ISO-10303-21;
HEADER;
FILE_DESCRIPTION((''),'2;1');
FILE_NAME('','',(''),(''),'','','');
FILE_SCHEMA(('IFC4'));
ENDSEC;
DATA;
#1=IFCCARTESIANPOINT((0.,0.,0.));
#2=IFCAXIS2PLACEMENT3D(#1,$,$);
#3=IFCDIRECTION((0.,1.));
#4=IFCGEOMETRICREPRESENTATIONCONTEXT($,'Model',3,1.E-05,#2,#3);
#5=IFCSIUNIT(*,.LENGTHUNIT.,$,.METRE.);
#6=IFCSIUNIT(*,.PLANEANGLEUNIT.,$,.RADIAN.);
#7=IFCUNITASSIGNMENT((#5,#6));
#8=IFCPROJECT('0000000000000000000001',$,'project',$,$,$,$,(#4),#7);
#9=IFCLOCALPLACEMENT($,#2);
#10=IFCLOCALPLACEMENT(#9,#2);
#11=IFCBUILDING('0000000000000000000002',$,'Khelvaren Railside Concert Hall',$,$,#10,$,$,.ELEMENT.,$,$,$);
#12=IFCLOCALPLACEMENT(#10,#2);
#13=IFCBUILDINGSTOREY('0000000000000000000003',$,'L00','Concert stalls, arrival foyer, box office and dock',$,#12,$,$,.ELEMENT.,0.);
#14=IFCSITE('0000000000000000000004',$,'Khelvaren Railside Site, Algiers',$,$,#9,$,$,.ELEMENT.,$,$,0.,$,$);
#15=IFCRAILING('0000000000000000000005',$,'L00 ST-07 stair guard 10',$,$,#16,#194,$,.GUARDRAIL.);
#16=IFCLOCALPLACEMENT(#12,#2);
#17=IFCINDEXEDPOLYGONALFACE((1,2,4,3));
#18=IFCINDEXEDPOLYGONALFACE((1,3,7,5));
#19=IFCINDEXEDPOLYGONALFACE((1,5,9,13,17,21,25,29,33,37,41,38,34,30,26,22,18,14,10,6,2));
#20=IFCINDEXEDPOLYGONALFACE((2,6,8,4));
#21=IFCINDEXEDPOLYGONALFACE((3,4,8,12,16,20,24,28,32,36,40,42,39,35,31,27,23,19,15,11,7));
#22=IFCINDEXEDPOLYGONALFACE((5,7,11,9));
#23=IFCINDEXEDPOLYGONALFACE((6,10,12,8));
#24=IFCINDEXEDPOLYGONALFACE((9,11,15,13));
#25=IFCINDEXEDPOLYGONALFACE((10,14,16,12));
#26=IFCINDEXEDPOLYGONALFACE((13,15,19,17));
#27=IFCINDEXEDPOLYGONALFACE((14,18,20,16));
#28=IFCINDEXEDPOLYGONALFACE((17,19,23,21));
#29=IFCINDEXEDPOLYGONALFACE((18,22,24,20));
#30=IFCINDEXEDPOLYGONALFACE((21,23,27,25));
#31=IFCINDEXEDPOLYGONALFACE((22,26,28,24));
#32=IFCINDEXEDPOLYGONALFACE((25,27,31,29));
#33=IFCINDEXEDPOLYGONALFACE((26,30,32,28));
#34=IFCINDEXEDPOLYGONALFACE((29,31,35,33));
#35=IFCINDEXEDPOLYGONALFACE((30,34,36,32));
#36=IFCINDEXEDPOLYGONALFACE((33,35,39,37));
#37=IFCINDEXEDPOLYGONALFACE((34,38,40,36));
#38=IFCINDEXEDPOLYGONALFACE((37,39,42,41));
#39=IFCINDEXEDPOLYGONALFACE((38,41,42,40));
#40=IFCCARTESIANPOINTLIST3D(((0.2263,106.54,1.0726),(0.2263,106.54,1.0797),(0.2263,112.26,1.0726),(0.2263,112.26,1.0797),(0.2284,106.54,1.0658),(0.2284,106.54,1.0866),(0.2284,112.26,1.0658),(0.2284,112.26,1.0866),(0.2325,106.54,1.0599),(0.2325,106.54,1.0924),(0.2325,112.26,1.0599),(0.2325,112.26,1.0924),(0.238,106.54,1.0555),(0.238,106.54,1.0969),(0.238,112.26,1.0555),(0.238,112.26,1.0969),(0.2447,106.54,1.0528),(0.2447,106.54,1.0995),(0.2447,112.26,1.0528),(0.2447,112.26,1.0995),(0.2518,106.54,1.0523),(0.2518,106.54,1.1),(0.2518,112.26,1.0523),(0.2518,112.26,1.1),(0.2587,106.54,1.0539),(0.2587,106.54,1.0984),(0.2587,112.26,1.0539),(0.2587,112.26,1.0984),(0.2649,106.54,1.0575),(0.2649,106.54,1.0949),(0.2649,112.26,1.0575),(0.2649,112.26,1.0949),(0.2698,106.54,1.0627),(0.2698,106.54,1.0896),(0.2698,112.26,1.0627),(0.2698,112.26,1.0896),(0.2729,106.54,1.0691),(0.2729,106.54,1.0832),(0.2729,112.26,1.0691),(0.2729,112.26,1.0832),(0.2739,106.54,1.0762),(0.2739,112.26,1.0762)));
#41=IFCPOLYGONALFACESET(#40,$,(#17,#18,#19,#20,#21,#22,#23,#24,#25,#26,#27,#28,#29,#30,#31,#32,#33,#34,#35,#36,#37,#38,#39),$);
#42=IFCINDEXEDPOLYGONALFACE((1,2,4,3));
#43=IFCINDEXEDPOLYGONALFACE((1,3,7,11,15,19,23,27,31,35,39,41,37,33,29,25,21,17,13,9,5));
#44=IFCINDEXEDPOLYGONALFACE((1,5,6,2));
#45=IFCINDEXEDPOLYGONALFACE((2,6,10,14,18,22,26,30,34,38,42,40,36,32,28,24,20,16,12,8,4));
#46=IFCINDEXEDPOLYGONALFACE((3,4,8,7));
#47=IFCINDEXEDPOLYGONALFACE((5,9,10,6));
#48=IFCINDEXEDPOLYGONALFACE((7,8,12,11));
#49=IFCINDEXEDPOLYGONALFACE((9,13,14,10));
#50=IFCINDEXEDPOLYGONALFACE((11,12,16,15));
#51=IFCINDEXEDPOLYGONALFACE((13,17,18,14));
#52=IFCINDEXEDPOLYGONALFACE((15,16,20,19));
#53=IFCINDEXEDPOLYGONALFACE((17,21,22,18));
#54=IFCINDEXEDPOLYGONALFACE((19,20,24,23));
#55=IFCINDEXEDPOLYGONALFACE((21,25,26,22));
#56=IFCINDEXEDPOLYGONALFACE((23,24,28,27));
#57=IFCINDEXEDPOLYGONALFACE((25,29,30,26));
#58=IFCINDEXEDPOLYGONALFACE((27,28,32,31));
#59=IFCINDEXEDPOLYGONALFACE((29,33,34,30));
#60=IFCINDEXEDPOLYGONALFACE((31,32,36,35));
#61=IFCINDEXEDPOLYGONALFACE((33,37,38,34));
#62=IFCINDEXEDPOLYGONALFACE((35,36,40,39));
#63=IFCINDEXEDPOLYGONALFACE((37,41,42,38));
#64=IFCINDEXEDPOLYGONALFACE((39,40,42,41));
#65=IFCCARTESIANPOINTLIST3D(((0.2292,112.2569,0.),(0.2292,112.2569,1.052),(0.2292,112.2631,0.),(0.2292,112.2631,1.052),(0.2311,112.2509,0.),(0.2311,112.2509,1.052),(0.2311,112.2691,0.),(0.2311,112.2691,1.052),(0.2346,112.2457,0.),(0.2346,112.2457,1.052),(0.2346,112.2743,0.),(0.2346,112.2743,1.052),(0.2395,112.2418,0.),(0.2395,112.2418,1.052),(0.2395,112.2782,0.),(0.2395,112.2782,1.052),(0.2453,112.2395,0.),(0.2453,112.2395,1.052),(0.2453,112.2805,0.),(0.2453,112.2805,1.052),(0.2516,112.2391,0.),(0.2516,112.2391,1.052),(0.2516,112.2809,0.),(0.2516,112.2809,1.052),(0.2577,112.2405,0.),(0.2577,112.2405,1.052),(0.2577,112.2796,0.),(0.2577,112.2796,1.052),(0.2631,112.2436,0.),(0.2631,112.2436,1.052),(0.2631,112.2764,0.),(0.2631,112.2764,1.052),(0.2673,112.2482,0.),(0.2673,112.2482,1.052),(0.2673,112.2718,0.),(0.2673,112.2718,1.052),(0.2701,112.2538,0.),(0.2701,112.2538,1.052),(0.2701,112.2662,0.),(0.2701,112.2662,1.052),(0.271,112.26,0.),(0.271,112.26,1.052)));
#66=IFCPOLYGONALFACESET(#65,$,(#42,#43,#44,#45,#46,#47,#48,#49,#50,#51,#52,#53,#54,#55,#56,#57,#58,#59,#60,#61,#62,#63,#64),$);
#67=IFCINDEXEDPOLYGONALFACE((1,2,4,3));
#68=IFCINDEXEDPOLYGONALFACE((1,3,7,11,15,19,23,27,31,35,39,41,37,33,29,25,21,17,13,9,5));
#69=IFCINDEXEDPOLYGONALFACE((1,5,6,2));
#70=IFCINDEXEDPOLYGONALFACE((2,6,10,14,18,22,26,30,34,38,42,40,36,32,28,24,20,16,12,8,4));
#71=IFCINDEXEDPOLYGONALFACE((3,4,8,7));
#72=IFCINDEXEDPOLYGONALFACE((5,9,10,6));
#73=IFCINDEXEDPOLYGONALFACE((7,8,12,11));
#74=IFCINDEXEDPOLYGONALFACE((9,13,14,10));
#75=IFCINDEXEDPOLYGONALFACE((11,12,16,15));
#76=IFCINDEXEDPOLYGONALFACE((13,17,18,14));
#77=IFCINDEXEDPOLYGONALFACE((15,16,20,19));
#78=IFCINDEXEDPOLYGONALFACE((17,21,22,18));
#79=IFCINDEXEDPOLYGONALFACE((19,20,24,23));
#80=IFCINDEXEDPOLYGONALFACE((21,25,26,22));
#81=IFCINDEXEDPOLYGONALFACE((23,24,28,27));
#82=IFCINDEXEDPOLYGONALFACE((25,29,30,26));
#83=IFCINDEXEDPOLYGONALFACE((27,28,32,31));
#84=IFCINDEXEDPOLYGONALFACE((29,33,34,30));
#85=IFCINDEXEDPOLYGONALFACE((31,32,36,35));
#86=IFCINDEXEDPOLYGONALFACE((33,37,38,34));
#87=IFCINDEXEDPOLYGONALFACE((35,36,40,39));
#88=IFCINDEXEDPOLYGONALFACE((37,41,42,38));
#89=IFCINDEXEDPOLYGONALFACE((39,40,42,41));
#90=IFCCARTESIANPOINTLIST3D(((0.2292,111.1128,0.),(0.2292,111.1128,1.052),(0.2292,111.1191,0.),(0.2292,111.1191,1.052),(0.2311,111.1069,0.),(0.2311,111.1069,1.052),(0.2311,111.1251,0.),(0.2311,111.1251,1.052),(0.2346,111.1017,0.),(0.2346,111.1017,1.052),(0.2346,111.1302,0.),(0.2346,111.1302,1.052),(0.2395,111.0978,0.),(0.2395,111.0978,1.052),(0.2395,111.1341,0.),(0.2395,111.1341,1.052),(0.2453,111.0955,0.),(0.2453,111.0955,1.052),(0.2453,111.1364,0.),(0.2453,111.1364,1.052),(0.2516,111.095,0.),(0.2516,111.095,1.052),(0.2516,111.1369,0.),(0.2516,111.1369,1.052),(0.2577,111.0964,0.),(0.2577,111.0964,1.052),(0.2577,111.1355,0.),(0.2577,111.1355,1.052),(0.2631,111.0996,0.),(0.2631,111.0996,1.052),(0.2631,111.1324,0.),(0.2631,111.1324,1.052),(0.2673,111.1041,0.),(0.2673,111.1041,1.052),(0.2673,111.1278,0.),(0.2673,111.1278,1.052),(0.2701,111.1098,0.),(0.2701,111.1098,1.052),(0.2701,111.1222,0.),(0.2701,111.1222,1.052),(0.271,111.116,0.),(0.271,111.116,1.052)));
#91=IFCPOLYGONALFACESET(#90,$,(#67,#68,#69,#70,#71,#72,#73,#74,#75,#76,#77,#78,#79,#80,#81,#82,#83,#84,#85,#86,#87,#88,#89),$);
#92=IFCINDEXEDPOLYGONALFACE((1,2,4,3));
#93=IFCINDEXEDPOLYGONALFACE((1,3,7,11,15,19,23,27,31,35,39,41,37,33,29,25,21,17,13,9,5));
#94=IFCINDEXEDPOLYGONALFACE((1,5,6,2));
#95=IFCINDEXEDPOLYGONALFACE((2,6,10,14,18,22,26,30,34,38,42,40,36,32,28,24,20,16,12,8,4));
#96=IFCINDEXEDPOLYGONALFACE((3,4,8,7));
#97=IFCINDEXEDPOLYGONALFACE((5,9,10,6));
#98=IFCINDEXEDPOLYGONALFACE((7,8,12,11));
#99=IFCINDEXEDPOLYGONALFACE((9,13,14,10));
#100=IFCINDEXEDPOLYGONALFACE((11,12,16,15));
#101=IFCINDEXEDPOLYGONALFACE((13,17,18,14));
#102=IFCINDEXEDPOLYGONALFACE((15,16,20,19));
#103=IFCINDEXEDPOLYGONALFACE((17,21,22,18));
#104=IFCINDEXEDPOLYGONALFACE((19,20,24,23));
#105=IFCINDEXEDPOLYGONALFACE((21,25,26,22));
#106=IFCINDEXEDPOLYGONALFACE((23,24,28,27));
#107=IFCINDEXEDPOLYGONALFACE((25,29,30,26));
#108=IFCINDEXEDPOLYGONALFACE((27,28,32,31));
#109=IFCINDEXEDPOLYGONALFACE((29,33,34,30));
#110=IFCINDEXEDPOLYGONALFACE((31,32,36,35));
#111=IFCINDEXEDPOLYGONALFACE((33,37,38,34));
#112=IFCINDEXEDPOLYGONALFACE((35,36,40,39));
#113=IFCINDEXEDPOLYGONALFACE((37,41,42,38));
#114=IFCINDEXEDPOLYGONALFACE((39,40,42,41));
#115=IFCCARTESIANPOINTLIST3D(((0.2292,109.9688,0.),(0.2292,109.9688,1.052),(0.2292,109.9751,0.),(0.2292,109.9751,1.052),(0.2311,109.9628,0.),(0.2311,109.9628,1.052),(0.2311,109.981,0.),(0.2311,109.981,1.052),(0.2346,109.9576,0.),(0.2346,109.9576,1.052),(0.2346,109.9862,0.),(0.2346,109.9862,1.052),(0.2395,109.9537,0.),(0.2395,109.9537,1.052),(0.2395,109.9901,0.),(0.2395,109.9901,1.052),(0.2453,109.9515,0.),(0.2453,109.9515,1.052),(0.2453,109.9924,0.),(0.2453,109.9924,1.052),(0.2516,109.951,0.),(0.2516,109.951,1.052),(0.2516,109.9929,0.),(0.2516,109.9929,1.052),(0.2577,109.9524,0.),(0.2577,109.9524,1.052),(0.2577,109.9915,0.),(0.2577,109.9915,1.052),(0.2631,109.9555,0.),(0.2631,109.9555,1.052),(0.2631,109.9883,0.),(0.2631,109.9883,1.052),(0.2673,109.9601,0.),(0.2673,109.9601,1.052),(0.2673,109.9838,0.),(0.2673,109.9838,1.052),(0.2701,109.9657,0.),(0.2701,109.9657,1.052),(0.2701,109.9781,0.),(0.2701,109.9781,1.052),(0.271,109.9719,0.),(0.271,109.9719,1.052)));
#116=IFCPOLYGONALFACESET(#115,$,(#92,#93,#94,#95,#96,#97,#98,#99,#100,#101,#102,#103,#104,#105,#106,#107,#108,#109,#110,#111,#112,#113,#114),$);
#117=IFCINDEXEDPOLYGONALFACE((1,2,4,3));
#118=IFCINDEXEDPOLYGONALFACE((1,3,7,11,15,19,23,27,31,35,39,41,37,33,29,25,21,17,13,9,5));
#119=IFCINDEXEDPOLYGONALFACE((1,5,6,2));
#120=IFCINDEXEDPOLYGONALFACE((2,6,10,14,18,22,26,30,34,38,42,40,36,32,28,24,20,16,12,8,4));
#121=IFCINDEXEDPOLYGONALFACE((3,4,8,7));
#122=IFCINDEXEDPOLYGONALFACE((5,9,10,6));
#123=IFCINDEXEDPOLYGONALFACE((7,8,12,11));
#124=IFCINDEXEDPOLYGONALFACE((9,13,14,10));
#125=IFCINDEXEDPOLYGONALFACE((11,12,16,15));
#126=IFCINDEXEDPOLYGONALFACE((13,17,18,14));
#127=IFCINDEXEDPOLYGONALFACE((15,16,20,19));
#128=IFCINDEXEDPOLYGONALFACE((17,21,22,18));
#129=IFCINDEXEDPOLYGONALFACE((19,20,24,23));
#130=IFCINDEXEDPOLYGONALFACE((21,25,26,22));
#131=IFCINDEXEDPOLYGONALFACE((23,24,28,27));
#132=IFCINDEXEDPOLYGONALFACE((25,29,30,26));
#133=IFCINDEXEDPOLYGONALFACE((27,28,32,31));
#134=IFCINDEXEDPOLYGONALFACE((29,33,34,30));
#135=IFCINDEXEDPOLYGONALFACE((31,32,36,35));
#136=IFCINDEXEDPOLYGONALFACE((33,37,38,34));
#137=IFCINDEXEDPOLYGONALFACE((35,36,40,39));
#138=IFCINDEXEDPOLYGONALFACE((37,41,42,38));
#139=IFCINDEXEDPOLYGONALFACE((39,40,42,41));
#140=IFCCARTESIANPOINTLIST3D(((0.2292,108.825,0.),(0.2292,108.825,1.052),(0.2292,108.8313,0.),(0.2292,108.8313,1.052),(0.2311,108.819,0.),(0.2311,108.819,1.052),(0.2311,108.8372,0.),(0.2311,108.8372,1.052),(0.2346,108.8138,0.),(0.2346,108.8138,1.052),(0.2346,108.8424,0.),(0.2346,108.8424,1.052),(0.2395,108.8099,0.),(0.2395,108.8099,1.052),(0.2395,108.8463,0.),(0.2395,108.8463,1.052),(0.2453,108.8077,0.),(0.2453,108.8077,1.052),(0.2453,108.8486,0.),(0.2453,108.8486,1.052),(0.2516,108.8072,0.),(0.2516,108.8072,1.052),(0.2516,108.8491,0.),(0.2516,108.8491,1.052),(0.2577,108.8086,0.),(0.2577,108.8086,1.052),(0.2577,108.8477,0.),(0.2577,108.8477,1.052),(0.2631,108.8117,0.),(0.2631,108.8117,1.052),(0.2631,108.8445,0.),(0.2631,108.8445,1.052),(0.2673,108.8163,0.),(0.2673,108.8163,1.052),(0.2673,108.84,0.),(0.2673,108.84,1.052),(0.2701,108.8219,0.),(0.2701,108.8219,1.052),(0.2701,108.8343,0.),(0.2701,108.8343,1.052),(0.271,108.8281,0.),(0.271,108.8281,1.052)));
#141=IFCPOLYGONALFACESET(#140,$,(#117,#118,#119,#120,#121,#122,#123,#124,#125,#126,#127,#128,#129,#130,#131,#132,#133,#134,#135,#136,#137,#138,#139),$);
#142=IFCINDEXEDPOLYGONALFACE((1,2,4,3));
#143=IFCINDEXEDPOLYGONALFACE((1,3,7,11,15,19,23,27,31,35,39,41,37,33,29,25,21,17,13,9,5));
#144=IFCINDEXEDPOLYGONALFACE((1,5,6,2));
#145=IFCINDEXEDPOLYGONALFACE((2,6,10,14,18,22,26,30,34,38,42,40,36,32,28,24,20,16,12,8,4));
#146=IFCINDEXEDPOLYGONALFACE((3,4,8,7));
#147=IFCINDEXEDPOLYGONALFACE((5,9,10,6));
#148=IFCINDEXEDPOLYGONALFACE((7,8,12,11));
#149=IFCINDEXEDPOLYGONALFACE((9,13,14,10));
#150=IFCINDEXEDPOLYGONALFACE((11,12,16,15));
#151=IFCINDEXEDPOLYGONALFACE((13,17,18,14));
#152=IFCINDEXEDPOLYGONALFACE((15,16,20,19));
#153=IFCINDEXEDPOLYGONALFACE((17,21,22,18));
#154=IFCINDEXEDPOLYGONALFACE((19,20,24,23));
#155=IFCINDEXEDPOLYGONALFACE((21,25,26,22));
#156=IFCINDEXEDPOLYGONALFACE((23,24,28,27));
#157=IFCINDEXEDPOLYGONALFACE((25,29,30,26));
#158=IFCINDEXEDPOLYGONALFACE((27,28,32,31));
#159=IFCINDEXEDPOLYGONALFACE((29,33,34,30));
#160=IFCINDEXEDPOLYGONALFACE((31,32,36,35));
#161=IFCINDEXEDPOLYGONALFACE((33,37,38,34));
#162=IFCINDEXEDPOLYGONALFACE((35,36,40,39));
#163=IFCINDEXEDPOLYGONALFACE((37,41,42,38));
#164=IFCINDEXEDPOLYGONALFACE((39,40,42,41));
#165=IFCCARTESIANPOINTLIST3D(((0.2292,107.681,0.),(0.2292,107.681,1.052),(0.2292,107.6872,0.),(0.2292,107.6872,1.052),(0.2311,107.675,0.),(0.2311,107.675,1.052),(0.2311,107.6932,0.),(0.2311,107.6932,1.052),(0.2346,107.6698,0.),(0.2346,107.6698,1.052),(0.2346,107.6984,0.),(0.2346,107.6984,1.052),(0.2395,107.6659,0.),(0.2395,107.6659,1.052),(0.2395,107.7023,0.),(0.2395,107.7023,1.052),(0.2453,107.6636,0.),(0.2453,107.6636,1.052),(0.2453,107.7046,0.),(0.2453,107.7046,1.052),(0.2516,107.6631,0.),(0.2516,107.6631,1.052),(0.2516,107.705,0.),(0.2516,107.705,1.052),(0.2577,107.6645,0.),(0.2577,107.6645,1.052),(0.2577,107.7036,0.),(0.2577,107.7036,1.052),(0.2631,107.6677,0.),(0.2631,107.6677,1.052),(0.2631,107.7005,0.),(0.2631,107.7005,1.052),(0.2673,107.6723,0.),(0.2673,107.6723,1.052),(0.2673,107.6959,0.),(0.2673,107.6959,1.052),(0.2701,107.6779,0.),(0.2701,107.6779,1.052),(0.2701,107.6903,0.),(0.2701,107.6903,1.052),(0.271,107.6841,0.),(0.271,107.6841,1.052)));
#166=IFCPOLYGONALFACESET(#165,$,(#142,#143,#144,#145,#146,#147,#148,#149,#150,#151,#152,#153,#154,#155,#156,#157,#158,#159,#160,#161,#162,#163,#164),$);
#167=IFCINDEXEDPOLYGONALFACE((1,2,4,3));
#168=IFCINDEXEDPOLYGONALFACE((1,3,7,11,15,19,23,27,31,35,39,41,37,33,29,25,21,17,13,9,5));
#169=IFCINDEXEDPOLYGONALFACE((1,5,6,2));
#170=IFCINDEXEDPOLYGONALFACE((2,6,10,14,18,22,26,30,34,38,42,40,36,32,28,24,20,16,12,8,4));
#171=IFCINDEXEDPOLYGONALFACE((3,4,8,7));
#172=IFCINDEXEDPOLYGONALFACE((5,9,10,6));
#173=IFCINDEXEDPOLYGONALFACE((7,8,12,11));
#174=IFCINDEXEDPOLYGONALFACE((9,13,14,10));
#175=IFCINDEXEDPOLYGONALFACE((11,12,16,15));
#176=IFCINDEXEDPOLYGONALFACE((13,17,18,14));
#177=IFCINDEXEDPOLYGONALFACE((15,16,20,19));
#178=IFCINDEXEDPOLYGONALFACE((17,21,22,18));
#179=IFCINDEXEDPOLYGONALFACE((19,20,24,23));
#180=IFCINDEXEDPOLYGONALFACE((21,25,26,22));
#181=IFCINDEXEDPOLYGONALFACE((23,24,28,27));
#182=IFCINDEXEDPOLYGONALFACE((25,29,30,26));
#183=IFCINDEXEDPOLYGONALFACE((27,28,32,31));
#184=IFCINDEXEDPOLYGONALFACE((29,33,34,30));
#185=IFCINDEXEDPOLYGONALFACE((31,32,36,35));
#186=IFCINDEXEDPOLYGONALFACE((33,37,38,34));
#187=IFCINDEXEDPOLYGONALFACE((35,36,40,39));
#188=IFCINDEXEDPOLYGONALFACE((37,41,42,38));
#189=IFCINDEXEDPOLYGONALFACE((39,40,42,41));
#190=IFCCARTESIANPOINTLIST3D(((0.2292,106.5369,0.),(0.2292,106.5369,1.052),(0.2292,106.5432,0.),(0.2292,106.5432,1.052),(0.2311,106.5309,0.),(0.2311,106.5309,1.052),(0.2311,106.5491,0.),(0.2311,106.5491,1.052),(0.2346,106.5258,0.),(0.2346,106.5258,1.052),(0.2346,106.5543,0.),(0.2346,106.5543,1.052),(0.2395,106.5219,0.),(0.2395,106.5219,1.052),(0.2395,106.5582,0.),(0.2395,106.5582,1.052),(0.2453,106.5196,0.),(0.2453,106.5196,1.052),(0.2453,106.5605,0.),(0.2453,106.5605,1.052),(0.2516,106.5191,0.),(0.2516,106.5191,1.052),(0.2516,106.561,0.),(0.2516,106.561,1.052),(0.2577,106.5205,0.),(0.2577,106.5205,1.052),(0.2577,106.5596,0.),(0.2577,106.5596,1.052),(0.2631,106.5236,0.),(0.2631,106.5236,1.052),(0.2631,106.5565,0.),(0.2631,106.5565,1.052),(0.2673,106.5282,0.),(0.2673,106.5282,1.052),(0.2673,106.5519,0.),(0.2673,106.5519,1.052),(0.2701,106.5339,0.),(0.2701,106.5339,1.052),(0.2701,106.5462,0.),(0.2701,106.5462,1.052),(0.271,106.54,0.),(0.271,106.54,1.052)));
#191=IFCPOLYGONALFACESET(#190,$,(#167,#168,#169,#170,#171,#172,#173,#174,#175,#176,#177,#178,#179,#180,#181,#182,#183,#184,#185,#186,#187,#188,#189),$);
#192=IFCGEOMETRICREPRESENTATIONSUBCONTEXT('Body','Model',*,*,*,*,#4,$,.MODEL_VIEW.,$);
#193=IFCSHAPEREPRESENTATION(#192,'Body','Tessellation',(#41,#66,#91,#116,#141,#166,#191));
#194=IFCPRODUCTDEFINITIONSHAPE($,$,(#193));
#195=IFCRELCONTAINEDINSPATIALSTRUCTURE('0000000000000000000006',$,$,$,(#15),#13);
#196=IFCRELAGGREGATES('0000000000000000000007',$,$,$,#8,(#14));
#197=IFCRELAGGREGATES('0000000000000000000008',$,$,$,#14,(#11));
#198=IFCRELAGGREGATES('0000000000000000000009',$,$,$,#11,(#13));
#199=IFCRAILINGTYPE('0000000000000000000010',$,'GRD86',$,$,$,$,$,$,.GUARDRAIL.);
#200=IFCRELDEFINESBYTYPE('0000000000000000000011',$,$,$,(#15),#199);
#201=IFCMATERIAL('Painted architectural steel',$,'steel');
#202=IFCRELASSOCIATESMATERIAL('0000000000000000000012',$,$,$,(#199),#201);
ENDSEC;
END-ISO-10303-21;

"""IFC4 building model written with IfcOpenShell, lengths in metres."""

from ifc_helpers import new_model, si_unit, direction, frame, origin, origin_2d, place, context, subcontext, project, spatial, circle, extrude, material, type_object, element, save


model = new_model("IFC4")

# Units and contexts
model_context = context("Model", 3, precision=1e-05, world=origin(), true_north=direction((0.0, 1.0)))
body_context = subcontext(model_context, "Body", "Model", "MODEL_VIEW")
ifc_project = project(units=[si_unit("LENGTHUNIT", "METRE"), si_unit("PLANEANGLEUNIT", "RADIAN")], contexts=[model_context])

# Site, building, storey
site_placement = place(None, origin())
site = spatial("IfcSite", under=ifc_project, at=site_placement, Name="Khelvaren Railside Site, Algiers", CompositionType="ELEMENT", RefElevation=0.0)
building_placement = place(site_placement, origin())
building = spatial("IfcBuilding", under=site, at=building_placement, Name="Khelvaren Railside Concert Hall", CompositionType="ELEMENT")
storey_placement = place(building_placement, origin())
storey = spatial("IfcBuildingStorey", under=building, at=storey_placement, Name="L00", Description="Concert stalls, arrival foyer, box office and dock", CompositionType="ELEMENT", Elevation=0.0)

# Railing
ifc_material_1 = material(Name="Painted architectural steel", Category="steel")
railing_type_1 = type_object("IfcRailingType", Name="GRD86", PredefinedType="GUARDRAIL", material=ifc_material_1)
railing_1_placement = place(storey_placement, frame((0.25, 112.26, 0.0)))
element("IfcRailing", 1, at=railing_1_placement, inside=storey, type_object=railing_type_1, Name="L00 ST-07 stair guard 10", PredefinedType="GUARDRAIL", context=body_context, shape_type="SweptSolid", body=[
    extrude(circle(Radius=0.0239, at=origin_2d()), frame((0.0, 0.0, 1.0762), z_axis=(0.0, -1.0, 0.0), x_axis=(1.0, 0.0, 0.0)), (0.0, 0.0, 1.0), 5.72),
    extrude(circle(Radius=0.021, at=origin_2d()), origin(), (0.0, 0.0, 1.0), 1.052),
    extrude(circle(Radius=0.021, at=origin_2d()), frame((0.0, -1.144, 0.0)), (0.0, 0.0, 1.0), 1.052),
    extrude(circle(Radius=0.021, at=origin_2d()), frame((0.0, -2.2881, 0.0)), (0.0, 0.0, 1.0), 1.052),
    extrude(circle(Radius=0.021, at=origin_2d()), frame((0.0, -3.4319, 0.0)), (0.0, 0.0, 1.0), 1.052),
    extrude(circle(Radius=0.021, at=origin_2d()), frame((0.0, -4.5759, 0.0)), (0.0, 0.0, 1.0), 1.052),
    extrude(circle(Radius=0.021, at=origin_2d()), frame((0.0, -5.72, 0.0)), (0.0, 0.0, 1.0), 1.052),
])

save(model, "model.ifc")
